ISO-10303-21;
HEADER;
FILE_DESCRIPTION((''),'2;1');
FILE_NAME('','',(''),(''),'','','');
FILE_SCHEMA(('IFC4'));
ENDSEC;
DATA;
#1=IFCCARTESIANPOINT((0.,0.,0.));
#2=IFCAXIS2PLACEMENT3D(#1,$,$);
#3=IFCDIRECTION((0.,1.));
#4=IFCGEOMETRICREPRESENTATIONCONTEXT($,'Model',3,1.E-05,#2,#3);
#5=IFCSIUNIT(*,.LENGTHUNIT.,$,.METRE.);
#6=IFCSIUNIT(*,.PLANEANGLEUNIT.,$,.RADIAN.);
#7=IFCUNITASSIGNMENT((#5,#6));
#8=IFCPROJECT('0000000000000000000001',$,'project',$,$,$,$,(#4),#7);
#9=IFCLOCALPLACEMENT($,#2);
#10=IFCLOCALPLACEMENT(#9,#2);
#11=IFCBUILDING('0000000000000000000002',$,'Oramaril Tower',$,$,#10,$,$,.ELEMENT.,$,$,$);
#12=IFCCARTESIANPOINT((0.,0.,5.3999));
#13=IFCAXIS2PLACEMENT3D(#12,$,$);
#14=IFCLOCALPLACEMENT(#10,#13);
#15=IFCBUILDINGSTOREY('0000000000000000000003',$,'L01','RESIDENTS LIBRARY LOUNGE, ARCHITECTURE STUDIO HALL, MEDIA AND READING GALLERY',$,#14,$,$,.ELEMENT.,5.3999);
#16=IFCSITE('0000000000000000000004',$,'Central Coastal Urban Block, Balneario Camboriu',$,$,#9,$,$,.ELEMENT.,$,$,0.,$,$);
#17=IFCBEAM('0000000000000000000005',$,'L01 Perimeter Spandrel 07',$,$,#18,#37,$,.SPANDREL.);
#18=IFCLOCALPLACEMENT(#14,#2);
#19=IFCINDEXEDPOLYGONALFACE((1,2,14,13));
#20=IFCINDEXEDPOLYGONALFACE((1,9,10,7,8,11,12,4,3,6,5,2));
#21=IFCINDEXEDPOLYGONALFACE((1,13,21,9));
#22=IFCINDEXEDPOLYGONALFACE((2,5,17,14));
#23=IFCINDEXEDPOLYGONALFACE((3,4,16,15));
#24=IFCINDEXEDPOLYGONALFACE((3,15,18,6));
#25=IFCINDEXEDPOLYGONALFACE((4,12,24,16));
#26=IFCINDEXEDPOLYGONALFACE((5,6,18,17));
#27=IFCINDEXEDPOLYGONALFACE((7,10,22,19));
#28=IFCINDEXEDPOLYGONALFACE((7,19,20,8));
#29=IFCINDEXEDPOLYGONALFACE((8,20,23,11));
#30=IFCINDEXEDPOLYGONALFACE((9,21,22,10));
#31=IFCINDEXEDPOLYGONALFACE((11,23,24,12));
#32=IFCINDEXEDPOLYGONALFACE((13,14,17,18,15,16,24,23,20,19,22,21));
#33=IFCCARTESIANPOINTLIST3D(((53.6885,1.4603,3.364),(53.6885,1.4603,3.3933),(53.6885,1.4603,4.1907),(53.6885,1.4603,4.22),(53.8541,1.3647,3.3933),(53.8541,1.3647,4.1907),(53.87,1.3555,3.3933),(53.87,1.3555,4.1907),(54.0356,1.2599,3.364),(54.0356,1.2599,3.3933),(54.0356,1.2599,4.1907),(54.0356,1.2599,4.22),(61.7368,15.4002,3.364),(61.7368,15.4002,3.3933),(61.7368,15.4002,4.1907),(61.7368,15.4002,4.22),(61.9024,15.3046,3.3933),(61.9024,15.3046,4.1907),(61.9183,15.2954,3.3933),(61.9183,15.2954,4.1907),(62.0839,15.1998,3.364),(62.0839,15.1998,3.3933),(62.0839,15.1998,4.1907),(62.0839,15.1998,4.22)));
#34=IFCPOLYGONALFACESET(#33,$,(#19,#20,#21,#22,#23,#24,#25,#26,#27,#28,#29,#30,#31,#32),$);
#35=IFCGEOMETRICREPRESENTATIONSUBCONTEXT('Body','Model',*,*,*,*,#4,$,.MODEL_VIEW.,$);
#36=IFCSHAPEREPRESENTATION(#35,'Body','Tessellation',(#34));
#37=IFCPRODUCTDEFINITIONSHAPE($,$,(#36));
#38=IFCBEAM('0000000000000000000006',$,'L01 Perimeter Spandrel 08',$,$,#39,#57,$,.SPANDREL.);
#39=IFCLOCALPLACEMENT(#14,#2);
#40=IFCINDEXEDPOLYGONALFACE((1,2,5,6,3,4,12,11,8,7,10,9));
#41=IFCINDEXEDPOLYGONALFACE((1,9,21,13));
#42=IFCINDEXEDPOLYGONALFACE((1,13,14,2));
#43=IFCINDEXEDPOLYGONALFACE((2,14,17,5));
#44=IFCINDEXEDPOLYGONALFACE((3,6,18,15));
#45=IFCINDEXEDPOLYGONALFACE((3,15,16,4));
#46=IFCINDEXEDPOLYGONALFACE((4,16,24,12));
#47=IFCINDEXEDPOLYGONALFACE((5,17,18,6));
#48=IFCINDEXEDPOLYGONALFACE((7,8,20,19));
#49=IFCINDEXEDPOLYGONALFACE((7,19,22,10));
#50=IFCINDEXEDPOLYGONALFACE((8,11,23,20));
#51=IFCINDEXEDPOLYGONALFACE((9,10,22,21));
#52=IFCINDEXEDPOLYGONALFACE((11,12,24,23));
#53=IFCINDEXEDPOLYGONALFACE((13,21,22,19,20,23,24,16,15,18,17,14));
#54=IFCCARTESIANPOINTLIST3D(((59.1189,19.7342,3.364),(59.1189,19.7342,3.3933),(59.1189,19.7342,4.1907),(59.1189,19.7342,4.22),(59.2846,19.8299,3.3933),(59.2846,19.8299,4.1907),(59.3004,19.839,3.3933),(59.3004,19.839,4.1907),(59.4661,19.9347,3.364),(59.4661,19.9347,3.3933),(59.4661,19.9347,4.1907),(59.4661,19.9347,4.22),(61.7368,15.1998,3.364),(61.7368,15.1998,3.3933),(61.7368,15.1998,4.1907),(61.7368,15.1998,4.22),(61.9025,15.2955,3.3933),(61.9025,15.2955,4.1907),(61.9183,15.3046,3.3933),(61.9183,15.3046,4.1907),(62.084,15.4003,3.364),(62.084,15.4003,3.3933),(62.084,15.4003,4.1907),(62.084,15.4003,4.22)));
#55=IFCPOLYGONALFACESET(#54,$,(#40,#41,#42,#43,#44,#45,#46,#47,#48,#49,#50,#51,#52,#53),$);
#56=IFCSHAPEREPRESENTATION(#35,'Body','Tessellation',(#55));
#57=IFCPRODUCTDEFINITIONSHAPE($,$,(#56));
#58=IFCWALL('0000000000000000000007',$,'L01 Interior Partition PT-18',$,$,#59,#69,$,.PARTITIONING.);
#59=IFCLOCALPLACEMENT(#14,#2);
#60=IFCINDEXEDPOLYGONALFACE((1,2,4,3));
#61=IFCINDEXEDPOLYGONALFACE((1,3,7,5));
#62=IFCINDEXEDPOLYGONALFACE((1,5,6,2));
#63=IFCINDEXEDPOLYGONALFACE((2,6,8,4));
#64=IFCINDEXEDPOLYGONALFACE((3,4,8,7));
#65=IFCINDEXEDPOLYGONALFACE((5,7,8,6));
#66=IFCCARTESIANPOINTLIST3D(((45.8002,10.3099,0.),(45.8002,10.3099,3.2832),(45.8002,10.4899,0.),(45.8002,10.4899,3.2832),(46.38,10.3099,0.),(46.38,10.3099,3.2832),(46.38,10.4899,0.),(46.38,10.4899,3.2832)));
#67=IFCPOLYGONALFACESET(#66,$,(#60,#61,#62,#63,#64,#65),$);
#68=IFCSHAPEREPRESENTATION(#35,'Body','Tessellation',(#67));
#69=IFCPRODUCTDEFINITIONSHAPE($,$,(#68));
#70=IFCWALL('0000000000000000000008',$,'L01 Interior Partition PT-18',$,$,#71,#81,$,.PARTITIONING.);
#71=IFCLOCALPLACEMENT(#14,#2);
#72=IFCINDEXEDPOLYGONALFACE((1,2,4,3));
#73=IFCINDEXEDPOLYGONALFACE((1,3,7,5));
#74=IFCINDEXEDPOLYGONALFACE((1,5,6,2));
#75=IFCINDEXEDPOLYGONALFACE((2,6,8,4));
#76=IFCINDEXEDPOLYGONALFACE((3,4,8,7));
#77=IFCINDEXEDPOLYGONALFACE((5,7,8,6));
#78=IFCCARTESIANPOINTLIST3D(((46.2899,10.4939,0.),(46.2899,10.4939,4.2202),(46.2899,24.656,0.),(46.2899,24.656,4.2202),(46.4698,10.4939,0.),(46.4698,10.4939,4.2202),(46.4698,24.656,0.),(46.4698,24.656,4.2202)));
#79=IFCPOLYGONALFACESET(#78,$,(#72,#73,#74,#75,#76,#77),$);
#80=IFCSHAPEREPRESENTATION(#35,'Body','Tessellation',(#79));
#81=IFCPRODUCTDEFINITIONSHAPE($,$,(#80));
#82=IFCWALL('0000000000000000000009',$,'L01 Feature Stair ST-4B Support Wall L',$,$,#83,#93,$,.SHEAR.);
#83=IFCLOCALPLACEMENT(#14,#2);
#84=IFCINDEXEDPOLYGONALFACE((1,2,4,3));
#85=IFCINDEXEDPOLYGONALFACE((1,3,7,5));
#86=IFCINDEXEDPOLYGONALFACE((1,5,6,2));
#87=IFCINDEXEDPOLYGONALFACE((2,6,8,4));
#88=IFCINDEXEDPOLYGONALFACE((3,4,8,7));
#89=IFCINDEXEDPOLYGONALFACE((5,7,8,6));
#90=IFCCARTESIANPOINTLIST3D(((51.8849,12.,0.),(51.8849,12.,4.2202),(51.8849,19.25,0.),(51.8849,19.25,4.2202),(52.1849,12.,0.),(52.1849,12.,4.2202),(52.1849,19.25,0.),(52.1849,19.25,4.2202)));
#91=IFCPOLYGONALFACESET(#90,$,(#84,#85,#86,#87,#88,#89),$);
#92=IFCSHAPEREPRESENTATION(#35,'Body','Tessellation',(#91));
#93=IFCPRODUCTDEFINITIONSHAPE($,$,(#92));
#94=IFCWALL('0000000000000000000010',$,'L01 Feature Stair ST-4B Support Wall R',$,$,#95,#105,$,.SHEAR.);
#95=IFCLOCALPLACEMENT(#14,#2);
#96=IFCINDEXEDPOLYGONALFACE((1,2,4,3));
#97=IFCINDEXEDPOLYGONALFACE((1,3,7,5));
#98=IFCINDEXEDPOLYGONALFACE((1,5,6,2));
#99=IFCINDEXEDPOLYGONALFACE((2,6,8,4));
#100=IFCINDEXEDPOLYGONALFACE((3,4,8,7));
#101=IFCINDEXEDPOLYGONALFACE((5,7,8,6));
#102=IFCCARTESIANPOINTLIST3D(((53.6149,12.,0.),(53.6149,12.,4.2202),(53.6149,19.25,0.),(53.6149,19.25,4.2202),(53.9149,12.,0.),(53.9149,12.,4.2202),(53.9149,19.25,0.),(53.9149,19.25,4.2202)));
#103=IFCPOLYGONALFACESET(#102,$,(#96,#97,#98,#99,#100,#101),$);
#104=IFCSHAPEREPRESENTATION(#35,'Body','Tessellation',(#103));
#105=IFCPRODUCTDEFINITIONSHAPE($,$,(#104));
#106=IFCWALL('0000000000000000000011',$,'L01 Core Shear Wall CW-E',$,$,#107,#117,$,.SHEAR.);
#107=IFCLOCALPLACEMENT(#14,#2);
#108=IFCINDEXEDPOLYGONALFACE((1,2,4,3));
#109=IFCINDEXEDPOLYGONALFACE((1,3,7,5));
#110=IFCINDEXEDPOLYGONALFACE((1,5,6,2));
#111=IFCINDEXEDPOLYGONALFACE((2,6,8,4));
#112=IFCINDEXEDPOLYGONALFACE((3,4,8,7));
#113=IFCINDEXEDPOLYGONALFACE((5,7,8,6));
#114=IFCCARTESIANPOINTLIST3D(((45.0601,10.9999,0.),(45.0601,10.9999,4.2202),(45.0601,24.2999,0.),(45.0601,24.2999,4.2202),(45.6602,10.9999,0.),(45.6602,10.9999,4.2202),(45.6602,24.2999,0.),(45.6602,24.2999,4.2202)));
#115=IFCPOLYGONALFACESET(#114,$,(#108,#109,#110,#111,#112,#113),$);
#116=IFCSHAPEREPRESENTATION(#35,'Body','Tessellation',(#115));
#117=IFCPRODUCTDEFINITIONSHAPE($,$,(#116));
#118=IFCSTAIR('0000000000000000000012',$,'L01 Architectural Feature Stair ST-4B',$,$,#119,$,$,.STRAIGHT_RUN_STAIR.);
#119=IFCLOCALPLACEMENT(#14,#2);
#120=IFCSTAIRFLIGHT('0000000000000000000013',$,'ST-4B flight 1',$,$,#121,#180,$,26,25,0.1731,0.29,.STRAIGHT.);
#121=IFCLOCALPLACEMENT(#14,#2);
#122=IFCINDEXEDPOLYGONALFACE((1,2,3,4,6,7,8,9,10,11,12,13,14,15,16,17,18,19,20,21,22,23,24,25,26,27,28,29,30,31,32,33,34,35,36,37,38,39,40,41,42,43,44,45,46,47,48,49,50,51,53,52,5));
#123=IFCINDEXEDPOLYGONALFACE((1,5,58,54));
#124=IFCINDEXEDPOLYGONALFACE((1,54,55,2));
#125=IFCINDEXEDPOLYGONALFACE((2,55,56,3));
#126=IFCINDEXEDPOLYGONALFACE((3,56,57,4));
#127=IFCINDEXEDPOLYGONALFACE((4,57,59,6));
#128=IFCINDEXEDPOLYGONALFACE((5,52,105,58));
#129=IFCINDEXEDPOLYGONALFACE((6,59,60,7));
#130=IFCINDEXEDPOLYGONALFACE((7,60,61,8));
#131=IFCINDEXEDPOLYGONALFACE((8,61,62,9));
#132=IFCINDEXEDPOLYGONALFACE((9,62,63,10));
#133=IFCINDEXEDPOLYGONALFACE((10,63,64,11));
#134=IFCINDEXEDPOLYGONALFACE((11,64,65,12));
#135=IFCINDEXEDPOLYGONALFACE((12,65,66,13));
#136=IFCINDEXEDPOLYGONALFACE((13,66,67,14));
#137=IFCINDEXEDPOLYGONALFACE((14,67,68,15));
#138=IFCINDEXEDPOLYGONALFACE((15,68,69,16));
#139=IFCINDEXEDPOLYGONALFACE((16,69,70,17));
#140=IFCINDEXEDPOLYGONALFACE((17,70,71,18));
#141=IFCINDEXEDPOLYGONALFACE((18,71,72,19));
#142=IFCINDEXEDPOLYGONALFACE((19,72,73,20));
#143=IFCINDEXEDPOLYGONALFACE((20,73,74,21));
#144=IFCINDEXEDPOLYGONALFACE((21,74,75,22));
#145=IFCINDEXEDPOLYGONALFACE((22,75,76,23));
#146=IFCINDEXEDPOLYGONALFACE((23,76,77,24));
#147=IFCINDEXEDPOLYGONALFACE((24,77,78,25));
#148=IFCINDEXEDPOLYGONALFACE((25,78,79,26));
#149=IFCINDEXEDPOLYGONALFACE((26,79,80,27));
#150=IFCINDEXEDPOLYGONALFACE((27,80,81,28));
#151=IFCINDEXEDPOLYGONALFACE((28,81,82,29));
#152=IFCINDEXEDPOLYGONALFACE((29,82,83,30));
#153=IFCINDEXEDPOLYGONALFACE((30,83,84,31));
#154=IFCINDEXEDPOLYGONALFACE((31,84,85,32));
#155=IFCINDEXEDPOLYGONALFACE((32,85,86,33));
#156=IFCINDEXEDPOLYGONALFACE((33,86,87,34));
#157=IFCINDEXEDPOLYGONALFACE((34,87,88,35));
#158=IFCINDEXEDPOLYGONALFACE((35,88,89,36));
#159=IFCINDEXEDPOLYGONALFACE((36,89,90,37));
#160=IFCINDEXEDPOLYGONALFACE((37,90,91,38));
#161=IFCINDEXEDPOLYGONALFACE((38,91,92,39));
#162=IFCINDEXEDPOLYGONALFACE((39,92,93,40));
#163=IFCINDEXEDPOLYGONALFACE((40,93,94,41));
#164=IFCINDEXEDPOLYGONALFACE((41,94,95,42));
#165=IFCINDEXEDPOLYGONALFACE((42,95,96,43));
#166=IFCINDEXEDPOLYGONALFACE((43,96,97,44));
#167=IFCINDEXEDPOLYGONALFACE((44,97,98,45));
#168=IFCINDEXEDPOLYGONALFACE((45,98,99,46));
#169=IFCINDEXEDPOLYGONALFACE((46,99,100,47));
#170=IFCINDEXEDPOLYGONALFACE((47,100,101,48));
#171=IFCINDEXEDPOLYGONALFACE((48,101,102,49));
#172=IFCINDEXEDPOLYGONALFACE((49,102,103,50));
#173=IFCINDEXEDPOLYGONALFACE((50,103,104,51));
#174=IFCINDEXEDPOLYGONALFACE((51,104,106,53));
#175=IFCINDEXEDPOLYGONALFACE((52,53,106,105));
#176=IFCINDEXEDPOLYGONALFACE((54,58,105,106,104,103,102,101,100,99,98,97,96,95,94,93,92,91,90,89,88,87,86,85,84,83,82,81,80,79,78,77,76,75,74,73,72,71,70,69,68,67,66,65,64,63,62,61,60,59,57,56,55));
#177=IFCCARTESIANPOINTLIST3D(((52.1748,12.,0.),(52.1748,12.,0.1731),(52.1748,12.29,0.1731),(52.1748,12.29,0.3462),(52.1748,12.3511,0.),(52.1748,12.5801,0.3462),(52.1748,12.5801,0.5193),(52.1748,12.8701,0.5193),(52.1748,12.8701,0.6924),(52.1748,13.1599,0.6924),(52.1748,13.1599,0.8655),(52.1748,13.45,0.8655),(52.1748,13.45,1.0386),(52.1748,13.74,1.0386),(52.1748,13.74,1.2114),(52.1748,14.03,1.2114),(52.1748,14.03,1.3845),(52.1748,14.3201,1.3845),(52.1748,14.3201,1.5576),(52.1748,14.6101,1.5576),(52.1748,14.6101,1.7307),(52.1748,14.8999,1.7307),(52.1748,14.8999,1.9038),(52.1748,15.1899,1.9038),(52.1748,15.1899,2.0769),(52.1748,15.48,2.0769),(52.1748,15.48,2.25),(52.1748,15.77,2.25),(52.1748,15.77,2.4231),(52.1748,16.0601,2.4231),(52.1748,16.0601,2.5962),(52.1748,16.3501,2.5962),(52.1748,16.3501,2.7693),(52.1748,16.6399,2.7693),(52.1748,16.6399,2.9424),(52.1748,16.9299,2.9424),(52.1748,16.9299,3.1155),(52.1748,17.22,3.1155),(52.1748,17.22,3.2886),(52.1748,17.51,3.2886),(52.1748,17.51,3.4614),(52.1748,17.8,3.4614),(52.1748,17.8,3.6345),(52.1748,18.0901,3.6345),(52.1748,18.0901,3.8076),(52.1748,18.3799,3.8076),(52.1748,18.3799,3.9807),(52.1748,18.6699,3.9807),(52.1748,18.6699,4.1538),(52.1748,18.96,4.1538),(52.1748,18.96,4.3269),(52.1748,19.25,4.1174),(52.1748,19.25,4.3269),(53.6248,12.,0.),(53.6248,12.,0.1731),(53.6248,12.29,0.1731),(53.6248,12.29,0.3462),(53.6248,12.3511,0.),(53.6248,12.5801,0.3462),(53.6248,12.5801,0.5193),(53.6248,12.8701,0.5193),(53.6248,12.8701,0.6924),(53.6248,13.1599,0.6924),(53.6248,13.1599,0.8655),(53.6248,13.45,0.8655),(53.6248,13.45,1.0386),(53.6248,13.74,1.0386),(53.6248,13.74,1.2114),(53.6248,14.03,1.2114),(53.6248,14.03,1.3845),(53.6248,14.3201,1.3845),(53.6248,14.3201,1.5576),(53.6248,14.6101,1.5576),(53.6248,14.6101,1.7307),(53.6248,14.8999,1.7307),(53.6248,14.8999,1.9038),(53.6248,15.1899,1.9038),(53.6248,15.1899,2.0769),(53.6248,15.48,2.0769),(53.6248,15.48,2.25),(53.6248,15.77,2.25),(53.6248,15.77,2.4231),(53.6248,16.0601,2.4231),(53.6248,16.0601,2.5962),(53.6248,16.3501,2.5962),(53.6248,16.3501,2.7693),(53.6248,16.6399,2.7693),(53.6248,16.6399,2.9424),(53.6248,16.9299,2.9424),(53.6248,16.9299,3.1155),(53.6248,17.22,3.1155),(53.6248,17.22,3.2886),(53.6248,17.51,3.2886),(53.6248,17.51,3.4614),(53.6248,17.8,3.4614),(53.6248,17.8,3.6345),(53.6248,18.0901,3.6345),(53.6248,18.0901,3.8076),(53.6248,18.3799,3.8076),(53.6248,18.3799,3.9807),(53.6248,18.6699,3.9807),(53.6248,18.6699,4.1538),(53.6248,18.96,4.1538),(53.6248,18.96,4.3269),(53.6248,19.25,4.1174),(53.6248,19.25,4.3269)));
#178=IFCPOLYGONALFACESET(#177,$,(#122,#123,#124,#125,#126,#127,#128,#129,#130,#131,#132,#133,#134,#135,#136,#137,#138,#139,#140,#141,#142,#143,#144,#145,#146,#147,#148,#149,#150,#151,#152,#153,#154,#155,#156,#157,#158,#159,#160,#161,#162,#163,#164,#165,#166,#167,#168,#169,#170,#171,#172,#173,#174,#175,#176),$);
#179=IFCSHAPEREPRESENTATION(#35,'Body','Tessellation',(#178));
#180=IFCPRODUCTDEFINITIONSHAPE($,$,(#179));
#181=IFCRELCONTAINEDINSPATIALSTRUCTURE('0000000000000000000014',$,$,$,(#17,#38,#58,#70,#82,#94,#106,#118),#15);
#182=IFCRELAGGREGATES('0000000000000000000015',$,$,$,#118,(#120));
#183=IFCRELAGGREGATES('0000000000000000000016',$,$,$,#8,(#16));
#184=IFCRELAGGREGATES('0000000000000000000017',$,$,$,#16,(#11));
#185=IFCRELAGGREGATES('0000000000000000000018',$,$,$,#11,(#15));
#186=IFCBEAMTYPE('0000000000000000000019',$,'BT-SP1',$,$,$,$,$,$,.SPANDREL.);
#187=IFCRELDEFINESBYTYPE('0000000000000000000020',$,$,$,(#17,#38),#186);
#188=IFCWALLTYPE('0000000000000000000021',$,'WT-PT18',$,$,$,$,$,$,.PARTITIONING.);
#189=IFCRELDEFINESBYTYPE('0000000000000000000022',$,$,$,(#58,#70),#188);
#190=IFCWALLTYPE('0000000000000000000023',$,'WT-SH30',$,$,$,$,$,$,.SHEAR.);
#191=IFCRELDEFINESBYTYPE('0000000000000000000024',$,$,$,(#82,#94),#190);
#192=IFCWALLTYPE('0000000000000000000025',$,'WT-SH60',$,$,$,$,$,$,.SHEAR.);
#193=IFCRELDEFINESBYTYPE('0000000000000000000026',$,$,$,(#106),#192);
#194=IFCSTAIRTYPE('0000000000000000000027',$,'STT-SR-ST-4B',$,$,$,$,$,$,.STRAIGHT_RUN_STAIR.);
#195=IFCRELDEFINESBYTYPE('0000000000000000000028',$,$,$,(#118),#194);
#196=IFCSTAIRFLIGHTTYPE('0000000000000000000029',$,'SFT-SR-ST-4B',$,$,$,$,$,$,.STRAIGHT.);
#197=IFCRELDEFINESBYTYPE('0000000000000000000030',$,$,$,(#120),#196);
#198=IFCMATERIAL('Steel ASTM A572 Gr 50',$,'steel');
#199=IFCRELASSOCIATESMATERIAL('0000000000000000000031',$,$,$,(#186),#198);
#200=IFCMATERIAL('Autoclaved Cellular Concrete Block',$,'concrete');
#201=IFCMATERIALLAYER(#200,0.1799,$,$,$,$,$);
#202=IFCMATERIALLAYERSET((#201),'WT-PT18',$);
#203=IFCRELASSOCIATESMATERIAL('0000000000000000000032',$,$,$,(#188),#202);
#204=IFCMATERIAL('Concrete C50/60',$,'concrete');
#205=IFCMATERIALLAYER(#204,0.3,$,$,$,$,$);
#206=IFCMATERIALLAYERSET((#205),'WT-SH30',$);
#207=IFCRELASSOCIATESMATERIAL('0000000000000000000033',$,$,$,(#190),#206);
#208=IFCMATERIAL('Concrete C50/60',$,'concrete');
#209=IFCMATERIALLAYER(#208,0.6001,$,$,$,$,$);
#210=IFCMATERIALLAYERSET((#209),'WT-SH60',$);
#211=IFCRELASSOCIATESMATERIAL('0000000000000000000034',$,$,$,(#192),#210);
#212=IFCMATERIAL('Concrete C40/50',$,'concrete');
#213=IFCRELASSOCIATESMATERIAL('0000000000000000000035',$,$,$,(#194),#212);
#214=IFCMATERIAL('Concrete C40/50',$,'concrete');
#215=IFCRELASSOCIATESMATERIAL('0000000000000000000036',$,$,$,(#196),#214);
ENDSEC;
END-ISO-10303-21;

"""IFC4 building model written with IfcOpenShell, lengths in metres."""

from ifc_helpers import new_model, si_unit, direction, frame, frame_2d, origin, origin_2d, place, context, subcontext, project, spatial, polyline, rectangle, i_section, outline, extrude, material, layer, layer_set, material_profile, profile_set, type_object, element, aggregate, save


model = new_model("IFC4")

# Units and contexts
model_context = context("Model", 3, precision=1e-05, world=origin(), true_north=direction((0.0, 1.0)))
body_context = subcontext(model_context, "Body", "Model", "MODEL_VIEW")
ifc_project = project(units=[si_unit("LENGTHUNIT", "METRE"), si_unit("PLANEANGLEUNIT", "RADIAN")], contexts=[model_context])

# Site, building, storey
site_placement = place(None, origin())
site = spatial("IfcSite", under=ifc_project, at=site_placement, Name="Central Coastal Urban Block, Balneario Camboriu", CompositionType="ELEMENT", RefElevation=0.0)
building_placement = place(site_placement, origin())
building = spatial("IfcBuilding", under=site, at=building_placement, Name="Oramaril Tower", CompositionType="ELEMENT")
storey_placement = place(building_placement, frame((0.0, 0.0, 5.3999)))
storey = spatial("IfcBuildingStorey", under=building, at=storey_placement, Name="L01", Description="RESIDENTS LIBRARY LOUNGE, ARCHITECTURE STUDIO HALL, MEDIA AND READING GALLERY", CompositionType="ELEMENT", Elevation=5.3999)

# Beams
ifc_material_1 = material(Name="Steel ASTM A572 Gr 50", Category="steel")
ifc_material_profile_1 = material_profile(ifc_material_1, i_section(OverallWidth=0.4009, OverallDepth=0.856, WebThickness=0.0183, FlangeThickness=0.0293, at=origin_2d()), Name="W33X201")
ifc_profile_set_1 = profile_set([ifc_material_profile_1], Name="Steel ASTM A572 Gr 50")
beam_type_1 = type_object("IfcBeamType", Name="BT-SP1", PredefinedType="SPANDREL", material=ifc_profile_set_1)
beam_1_placement = place(storey_placement, frame((53.8621, 1.3601, 3.792), z_axis=(0.500005, 0.866022, 0.0), x_axis=(-0.866022, 0.500005, 0.0)))
element("IfcBeam", 1, at=beam_1_placement, inside=storey, type_object=beam_type_1, Name="L01 Perimeter Spandrel 07", PredefinedType="SPANDREL", context=body_context, shape_type="SweptSolid", body=[
    extrude(i_section(OverallWidth=0.4009, OverallDepth=0.856, WebThickness=0.0183, FlangeThickness=0.0293, at=origin_2d()), origin(), (0.0, 0.0, 1.0), 16.0964),
])
beam_2_placement = place(storey_placement, frame((61.9104, 15.3, 3.792), z_axis=(-0.499996, 0.866028, 0.0), x_axis=(-0.866028, -0.499996, 0.0)))
element("IfcBeam", 2, at=beam_2_placement, inside=storey, type_object=beam_type_1, Name="L01 Perimeter Spandrel 08", PredefinedType="SPANDREL", context=body_context, shape_type="SweptSolid", body=[
    extrude(i_section(OverallWidth=0.4009, OverallDepth=0.856, WebThickness=0.0183, FlangeThickness=0.0293, at=origin_2d()), origin(), (0.0, 0.0, 1.0), 5.2358),
])

# Walls
ifc_material_2 = material(Name="Autoclaved Cellular Concrete Block", Category="concrete")
ifc_layer_1 = layer(ifc_material_2, 0.1799)
ifc_layer_set_1 = layer_set([ifc_layer_1], Name="WT-PT18")
wall_type_1 = type_object("IfcWallType", Name="WT-PT18", PredefinedType="PARTITIONING", material=ifc_layer_set_1)
wall_1_placement = place(storey_placement, frame((45.8, 10.3999, 0.0), z_axis=(0.0, 0.0, 1.0), x_axis=(1.0, 0.0, 0.0)))
element("IfcWall", 3, at=wall_1_placement, inside=storey, type_object=wall_type_1, Name="L01 Interior Partition PT-18", PredefinedType="PARTITIONING", context=body_context, shape_type="SweptSolid", body=[
    extrude(rectangle(XDim=0.5798, YDim=0.1799, at=frame_2d((0.29, 0.0))), origin(), (0.0, 0.0, 1.0), 3.2832),
])
wall_2_placement = place(storey_placement, frame((46.3799, 10.4939, 0.0), z_axis=(0.0, 0.0, 1.0), x_axis=(0.0, 1.0, 0.0)))
element("IfcWall", 4, at=wall_2_placement, inside=storey, type_object=wall_type_1, Name="L01 Interior Partition PT-18", PredefinedType="PARTITIONING", context=body_context, shape_type="SweptSolid", body=[
    extrude(rectangle(XDim=14.1621, YDim=0.1799, at=frame_2d((7.0811, 0.0))), origin(), (0.0, 0.0, 1.0), 4.2202),
])

# Walls
ifc_material_3 = material(Name="Concrete C50/60", Category="concrete")
ifc_layer_2 = layer(ifc_material_3, 0.3)
ifc_layer_set_2 = layer_set([ifc_layer_2], Name="WT-SH30")
wall_type_2 = type_object("IfcWallType", Name="WT-SH30", PredefinedType="SHEAR", material=ifc_layer_set_2)
for number, where, z_axis, x_axis, name in (
    (5, (52.0349, 12.0, 0.0), (0.0, 0.0, 1.0), (0.0, 1.0, 0.0), "L01 Feature Stair ST-4B Support Wall L"),
    (6, (53.7649, 12.0, 0.0), (0.0, 0.0, 1.0), (0.0, 1.0, 0.0), "L01 Feature Stair ST-4B Support Wall R"),
):
    element("IfcWall", number, at=place(storey_placement, frame(where, z_axis=z_axis, x_axis=x_axis)), inside=storey, type_object=wall_type_2, Name=name, PredefinedType="SHEAR", context=body_context, shape_type="SweptSolid", body=[
        extrude(rectangle(XDim=7.25, YDim=0.3, at=frame_2d((3.625, 0.0))), origin(), (0.0, 0.0, 1.0), 4.2202),
    ])
ifc_material_4 = material(Name="Concrete C50/60", Category="concrete")
ifc_layer_3 = layer(ifc_material_4, 0.6001)
ifc_layer_set_3 = layer_set([ifc_layer_3], Name="WT-SH60")
wall_type_3 = type_object("IfcWallType", Name="WT-SH60", PredefinedType="SHEAR", material=ifc_layer_set_3)
wall_3_placement = place(storey_placement, frame((45.3601, 11.0, 0.0), z_axis=(0.0, 0.0, 1.0), x_axis=(0.0, 1.0, 0.0)))
element("IfcWall", 7, at=wall_3_placement, inside=storey, type_object=wall_type_3, Name="L01 Core Shear Wall CW-E", PredefinedType="SHEAR", context=body_context, shape_type="SweptSolid", body=[
    extrude(rectangle(XDim=13.3, YDim=0.6001, at=frame_2d((6.6499, 0.0))), origin(), (0.0, 0.0, 1.0), 4.2202),
])

# Stair, stair flight
ifc_material_5 = material(Name="Concrete C40/50", Category="concrete")
stair_type = type_object("IfcStairType", Name="STT-SR-ST-4B", PredefinedType="STRAIGHT_RUN_STAIR", material=ifc_material_5)
stair_placement = place(storey_placement, origin())
stair = element("IfcStair", 8, at=stair_placement, inside=storey, type_object=stair_type, Name="L01 Architectural Feature Stair ST-4B", PredefinedType="STRAIGHT_RUN_STAIR")
ifc_material_6 = material(Name="Concrete C40/50", Category="concrete")
stair_flight_type = type_object("IfcStairFlightType", Name="SFT-SR-ST-4B", PredefinedType="STRAIGHT", material=ifc_material_6)
stair_flight_placement = place(storey_placement, frame((52.8999, 12.0, 0.0), z_axis=(0.0, 0.0, 1.0), x_axis=(0.0, 1.0, 0.0)))
stair_flight = element("IfcStairFlight", 9, at=stair_flight_placement, type_object=stair_flight_type, Name="ST-4B flight 1", NumberOfRisers=26, NumberOfTreads=25, PredefinedType="STRAIGHT", RiserHeight=0.1731, TreadLength=0.29, context=body_context, shape_type="SweptSolid", body=[
    extrude(outline(polyline([(0.0, 0.0), (0.0, 0.1731), (0.29, 0.1731), (0.29, 0.3462), (0.5801, 0.3462), (0.5801, 0.5193), (0.8701, 0.5193), (0.8701, 0.6924), (1.1599, 0.6924), (1.1599, 0.8655), (1.45, 0.8655), (1.45, 1.0386), (1.74, 1.0386), (1.74, 1.2114), (2.03, 1.2114), (2.03, 1.3845), (2.3201, 1.3845), (2.3201, 1.5576), (2.6101, 1.5576), (2.6101, 1.7307), (2.8999, 1.7307), (2.8999, 1.9038), (3.1899, 1.9038), (3.1899, 2.0769), (3.48, 2.0769), (3.48, 2.25), (3.77, 2.25), (3.77, 2.4231), (4.0601, 2.4231), (4.0601, 2.5962), (4.3501, 2.5962), (4.3501, 2.7693), (4.6399, 2.7693), (4.6399, 2.9424), (4.9299, 2.9424), (4.9299, 3.1155), (5.22, 3.1155), (5.22, 3.2886), (5.51, 3.2886), (5.51, 3.4614), (5.8, 3.4614), (5.8, 3.6345), (6.0901, 3.6345), (6.0901, 3.8076), (6.3799, 3.8076), (6.3799, 3.9807), (6.6699, 3.9807), (6.6699, 4.1538), (6.96, 4.1538), (6.96, 4.3269), (7.25, 4.3269), (7.25, 4.5), (7.25, 4.1174), (0.3511, 0.0), (0.0, 0.0)])), frame((0.0, 0.7251, 0.0), z_axis=(0.0, -1.0, 0.0), x_axis=(1.0, 0.0, 0.0)), (0.0, 0.0, 1.0), 1.45),
])
aggregate(stair, [stair_flight])

save(model, "model.ifc")
